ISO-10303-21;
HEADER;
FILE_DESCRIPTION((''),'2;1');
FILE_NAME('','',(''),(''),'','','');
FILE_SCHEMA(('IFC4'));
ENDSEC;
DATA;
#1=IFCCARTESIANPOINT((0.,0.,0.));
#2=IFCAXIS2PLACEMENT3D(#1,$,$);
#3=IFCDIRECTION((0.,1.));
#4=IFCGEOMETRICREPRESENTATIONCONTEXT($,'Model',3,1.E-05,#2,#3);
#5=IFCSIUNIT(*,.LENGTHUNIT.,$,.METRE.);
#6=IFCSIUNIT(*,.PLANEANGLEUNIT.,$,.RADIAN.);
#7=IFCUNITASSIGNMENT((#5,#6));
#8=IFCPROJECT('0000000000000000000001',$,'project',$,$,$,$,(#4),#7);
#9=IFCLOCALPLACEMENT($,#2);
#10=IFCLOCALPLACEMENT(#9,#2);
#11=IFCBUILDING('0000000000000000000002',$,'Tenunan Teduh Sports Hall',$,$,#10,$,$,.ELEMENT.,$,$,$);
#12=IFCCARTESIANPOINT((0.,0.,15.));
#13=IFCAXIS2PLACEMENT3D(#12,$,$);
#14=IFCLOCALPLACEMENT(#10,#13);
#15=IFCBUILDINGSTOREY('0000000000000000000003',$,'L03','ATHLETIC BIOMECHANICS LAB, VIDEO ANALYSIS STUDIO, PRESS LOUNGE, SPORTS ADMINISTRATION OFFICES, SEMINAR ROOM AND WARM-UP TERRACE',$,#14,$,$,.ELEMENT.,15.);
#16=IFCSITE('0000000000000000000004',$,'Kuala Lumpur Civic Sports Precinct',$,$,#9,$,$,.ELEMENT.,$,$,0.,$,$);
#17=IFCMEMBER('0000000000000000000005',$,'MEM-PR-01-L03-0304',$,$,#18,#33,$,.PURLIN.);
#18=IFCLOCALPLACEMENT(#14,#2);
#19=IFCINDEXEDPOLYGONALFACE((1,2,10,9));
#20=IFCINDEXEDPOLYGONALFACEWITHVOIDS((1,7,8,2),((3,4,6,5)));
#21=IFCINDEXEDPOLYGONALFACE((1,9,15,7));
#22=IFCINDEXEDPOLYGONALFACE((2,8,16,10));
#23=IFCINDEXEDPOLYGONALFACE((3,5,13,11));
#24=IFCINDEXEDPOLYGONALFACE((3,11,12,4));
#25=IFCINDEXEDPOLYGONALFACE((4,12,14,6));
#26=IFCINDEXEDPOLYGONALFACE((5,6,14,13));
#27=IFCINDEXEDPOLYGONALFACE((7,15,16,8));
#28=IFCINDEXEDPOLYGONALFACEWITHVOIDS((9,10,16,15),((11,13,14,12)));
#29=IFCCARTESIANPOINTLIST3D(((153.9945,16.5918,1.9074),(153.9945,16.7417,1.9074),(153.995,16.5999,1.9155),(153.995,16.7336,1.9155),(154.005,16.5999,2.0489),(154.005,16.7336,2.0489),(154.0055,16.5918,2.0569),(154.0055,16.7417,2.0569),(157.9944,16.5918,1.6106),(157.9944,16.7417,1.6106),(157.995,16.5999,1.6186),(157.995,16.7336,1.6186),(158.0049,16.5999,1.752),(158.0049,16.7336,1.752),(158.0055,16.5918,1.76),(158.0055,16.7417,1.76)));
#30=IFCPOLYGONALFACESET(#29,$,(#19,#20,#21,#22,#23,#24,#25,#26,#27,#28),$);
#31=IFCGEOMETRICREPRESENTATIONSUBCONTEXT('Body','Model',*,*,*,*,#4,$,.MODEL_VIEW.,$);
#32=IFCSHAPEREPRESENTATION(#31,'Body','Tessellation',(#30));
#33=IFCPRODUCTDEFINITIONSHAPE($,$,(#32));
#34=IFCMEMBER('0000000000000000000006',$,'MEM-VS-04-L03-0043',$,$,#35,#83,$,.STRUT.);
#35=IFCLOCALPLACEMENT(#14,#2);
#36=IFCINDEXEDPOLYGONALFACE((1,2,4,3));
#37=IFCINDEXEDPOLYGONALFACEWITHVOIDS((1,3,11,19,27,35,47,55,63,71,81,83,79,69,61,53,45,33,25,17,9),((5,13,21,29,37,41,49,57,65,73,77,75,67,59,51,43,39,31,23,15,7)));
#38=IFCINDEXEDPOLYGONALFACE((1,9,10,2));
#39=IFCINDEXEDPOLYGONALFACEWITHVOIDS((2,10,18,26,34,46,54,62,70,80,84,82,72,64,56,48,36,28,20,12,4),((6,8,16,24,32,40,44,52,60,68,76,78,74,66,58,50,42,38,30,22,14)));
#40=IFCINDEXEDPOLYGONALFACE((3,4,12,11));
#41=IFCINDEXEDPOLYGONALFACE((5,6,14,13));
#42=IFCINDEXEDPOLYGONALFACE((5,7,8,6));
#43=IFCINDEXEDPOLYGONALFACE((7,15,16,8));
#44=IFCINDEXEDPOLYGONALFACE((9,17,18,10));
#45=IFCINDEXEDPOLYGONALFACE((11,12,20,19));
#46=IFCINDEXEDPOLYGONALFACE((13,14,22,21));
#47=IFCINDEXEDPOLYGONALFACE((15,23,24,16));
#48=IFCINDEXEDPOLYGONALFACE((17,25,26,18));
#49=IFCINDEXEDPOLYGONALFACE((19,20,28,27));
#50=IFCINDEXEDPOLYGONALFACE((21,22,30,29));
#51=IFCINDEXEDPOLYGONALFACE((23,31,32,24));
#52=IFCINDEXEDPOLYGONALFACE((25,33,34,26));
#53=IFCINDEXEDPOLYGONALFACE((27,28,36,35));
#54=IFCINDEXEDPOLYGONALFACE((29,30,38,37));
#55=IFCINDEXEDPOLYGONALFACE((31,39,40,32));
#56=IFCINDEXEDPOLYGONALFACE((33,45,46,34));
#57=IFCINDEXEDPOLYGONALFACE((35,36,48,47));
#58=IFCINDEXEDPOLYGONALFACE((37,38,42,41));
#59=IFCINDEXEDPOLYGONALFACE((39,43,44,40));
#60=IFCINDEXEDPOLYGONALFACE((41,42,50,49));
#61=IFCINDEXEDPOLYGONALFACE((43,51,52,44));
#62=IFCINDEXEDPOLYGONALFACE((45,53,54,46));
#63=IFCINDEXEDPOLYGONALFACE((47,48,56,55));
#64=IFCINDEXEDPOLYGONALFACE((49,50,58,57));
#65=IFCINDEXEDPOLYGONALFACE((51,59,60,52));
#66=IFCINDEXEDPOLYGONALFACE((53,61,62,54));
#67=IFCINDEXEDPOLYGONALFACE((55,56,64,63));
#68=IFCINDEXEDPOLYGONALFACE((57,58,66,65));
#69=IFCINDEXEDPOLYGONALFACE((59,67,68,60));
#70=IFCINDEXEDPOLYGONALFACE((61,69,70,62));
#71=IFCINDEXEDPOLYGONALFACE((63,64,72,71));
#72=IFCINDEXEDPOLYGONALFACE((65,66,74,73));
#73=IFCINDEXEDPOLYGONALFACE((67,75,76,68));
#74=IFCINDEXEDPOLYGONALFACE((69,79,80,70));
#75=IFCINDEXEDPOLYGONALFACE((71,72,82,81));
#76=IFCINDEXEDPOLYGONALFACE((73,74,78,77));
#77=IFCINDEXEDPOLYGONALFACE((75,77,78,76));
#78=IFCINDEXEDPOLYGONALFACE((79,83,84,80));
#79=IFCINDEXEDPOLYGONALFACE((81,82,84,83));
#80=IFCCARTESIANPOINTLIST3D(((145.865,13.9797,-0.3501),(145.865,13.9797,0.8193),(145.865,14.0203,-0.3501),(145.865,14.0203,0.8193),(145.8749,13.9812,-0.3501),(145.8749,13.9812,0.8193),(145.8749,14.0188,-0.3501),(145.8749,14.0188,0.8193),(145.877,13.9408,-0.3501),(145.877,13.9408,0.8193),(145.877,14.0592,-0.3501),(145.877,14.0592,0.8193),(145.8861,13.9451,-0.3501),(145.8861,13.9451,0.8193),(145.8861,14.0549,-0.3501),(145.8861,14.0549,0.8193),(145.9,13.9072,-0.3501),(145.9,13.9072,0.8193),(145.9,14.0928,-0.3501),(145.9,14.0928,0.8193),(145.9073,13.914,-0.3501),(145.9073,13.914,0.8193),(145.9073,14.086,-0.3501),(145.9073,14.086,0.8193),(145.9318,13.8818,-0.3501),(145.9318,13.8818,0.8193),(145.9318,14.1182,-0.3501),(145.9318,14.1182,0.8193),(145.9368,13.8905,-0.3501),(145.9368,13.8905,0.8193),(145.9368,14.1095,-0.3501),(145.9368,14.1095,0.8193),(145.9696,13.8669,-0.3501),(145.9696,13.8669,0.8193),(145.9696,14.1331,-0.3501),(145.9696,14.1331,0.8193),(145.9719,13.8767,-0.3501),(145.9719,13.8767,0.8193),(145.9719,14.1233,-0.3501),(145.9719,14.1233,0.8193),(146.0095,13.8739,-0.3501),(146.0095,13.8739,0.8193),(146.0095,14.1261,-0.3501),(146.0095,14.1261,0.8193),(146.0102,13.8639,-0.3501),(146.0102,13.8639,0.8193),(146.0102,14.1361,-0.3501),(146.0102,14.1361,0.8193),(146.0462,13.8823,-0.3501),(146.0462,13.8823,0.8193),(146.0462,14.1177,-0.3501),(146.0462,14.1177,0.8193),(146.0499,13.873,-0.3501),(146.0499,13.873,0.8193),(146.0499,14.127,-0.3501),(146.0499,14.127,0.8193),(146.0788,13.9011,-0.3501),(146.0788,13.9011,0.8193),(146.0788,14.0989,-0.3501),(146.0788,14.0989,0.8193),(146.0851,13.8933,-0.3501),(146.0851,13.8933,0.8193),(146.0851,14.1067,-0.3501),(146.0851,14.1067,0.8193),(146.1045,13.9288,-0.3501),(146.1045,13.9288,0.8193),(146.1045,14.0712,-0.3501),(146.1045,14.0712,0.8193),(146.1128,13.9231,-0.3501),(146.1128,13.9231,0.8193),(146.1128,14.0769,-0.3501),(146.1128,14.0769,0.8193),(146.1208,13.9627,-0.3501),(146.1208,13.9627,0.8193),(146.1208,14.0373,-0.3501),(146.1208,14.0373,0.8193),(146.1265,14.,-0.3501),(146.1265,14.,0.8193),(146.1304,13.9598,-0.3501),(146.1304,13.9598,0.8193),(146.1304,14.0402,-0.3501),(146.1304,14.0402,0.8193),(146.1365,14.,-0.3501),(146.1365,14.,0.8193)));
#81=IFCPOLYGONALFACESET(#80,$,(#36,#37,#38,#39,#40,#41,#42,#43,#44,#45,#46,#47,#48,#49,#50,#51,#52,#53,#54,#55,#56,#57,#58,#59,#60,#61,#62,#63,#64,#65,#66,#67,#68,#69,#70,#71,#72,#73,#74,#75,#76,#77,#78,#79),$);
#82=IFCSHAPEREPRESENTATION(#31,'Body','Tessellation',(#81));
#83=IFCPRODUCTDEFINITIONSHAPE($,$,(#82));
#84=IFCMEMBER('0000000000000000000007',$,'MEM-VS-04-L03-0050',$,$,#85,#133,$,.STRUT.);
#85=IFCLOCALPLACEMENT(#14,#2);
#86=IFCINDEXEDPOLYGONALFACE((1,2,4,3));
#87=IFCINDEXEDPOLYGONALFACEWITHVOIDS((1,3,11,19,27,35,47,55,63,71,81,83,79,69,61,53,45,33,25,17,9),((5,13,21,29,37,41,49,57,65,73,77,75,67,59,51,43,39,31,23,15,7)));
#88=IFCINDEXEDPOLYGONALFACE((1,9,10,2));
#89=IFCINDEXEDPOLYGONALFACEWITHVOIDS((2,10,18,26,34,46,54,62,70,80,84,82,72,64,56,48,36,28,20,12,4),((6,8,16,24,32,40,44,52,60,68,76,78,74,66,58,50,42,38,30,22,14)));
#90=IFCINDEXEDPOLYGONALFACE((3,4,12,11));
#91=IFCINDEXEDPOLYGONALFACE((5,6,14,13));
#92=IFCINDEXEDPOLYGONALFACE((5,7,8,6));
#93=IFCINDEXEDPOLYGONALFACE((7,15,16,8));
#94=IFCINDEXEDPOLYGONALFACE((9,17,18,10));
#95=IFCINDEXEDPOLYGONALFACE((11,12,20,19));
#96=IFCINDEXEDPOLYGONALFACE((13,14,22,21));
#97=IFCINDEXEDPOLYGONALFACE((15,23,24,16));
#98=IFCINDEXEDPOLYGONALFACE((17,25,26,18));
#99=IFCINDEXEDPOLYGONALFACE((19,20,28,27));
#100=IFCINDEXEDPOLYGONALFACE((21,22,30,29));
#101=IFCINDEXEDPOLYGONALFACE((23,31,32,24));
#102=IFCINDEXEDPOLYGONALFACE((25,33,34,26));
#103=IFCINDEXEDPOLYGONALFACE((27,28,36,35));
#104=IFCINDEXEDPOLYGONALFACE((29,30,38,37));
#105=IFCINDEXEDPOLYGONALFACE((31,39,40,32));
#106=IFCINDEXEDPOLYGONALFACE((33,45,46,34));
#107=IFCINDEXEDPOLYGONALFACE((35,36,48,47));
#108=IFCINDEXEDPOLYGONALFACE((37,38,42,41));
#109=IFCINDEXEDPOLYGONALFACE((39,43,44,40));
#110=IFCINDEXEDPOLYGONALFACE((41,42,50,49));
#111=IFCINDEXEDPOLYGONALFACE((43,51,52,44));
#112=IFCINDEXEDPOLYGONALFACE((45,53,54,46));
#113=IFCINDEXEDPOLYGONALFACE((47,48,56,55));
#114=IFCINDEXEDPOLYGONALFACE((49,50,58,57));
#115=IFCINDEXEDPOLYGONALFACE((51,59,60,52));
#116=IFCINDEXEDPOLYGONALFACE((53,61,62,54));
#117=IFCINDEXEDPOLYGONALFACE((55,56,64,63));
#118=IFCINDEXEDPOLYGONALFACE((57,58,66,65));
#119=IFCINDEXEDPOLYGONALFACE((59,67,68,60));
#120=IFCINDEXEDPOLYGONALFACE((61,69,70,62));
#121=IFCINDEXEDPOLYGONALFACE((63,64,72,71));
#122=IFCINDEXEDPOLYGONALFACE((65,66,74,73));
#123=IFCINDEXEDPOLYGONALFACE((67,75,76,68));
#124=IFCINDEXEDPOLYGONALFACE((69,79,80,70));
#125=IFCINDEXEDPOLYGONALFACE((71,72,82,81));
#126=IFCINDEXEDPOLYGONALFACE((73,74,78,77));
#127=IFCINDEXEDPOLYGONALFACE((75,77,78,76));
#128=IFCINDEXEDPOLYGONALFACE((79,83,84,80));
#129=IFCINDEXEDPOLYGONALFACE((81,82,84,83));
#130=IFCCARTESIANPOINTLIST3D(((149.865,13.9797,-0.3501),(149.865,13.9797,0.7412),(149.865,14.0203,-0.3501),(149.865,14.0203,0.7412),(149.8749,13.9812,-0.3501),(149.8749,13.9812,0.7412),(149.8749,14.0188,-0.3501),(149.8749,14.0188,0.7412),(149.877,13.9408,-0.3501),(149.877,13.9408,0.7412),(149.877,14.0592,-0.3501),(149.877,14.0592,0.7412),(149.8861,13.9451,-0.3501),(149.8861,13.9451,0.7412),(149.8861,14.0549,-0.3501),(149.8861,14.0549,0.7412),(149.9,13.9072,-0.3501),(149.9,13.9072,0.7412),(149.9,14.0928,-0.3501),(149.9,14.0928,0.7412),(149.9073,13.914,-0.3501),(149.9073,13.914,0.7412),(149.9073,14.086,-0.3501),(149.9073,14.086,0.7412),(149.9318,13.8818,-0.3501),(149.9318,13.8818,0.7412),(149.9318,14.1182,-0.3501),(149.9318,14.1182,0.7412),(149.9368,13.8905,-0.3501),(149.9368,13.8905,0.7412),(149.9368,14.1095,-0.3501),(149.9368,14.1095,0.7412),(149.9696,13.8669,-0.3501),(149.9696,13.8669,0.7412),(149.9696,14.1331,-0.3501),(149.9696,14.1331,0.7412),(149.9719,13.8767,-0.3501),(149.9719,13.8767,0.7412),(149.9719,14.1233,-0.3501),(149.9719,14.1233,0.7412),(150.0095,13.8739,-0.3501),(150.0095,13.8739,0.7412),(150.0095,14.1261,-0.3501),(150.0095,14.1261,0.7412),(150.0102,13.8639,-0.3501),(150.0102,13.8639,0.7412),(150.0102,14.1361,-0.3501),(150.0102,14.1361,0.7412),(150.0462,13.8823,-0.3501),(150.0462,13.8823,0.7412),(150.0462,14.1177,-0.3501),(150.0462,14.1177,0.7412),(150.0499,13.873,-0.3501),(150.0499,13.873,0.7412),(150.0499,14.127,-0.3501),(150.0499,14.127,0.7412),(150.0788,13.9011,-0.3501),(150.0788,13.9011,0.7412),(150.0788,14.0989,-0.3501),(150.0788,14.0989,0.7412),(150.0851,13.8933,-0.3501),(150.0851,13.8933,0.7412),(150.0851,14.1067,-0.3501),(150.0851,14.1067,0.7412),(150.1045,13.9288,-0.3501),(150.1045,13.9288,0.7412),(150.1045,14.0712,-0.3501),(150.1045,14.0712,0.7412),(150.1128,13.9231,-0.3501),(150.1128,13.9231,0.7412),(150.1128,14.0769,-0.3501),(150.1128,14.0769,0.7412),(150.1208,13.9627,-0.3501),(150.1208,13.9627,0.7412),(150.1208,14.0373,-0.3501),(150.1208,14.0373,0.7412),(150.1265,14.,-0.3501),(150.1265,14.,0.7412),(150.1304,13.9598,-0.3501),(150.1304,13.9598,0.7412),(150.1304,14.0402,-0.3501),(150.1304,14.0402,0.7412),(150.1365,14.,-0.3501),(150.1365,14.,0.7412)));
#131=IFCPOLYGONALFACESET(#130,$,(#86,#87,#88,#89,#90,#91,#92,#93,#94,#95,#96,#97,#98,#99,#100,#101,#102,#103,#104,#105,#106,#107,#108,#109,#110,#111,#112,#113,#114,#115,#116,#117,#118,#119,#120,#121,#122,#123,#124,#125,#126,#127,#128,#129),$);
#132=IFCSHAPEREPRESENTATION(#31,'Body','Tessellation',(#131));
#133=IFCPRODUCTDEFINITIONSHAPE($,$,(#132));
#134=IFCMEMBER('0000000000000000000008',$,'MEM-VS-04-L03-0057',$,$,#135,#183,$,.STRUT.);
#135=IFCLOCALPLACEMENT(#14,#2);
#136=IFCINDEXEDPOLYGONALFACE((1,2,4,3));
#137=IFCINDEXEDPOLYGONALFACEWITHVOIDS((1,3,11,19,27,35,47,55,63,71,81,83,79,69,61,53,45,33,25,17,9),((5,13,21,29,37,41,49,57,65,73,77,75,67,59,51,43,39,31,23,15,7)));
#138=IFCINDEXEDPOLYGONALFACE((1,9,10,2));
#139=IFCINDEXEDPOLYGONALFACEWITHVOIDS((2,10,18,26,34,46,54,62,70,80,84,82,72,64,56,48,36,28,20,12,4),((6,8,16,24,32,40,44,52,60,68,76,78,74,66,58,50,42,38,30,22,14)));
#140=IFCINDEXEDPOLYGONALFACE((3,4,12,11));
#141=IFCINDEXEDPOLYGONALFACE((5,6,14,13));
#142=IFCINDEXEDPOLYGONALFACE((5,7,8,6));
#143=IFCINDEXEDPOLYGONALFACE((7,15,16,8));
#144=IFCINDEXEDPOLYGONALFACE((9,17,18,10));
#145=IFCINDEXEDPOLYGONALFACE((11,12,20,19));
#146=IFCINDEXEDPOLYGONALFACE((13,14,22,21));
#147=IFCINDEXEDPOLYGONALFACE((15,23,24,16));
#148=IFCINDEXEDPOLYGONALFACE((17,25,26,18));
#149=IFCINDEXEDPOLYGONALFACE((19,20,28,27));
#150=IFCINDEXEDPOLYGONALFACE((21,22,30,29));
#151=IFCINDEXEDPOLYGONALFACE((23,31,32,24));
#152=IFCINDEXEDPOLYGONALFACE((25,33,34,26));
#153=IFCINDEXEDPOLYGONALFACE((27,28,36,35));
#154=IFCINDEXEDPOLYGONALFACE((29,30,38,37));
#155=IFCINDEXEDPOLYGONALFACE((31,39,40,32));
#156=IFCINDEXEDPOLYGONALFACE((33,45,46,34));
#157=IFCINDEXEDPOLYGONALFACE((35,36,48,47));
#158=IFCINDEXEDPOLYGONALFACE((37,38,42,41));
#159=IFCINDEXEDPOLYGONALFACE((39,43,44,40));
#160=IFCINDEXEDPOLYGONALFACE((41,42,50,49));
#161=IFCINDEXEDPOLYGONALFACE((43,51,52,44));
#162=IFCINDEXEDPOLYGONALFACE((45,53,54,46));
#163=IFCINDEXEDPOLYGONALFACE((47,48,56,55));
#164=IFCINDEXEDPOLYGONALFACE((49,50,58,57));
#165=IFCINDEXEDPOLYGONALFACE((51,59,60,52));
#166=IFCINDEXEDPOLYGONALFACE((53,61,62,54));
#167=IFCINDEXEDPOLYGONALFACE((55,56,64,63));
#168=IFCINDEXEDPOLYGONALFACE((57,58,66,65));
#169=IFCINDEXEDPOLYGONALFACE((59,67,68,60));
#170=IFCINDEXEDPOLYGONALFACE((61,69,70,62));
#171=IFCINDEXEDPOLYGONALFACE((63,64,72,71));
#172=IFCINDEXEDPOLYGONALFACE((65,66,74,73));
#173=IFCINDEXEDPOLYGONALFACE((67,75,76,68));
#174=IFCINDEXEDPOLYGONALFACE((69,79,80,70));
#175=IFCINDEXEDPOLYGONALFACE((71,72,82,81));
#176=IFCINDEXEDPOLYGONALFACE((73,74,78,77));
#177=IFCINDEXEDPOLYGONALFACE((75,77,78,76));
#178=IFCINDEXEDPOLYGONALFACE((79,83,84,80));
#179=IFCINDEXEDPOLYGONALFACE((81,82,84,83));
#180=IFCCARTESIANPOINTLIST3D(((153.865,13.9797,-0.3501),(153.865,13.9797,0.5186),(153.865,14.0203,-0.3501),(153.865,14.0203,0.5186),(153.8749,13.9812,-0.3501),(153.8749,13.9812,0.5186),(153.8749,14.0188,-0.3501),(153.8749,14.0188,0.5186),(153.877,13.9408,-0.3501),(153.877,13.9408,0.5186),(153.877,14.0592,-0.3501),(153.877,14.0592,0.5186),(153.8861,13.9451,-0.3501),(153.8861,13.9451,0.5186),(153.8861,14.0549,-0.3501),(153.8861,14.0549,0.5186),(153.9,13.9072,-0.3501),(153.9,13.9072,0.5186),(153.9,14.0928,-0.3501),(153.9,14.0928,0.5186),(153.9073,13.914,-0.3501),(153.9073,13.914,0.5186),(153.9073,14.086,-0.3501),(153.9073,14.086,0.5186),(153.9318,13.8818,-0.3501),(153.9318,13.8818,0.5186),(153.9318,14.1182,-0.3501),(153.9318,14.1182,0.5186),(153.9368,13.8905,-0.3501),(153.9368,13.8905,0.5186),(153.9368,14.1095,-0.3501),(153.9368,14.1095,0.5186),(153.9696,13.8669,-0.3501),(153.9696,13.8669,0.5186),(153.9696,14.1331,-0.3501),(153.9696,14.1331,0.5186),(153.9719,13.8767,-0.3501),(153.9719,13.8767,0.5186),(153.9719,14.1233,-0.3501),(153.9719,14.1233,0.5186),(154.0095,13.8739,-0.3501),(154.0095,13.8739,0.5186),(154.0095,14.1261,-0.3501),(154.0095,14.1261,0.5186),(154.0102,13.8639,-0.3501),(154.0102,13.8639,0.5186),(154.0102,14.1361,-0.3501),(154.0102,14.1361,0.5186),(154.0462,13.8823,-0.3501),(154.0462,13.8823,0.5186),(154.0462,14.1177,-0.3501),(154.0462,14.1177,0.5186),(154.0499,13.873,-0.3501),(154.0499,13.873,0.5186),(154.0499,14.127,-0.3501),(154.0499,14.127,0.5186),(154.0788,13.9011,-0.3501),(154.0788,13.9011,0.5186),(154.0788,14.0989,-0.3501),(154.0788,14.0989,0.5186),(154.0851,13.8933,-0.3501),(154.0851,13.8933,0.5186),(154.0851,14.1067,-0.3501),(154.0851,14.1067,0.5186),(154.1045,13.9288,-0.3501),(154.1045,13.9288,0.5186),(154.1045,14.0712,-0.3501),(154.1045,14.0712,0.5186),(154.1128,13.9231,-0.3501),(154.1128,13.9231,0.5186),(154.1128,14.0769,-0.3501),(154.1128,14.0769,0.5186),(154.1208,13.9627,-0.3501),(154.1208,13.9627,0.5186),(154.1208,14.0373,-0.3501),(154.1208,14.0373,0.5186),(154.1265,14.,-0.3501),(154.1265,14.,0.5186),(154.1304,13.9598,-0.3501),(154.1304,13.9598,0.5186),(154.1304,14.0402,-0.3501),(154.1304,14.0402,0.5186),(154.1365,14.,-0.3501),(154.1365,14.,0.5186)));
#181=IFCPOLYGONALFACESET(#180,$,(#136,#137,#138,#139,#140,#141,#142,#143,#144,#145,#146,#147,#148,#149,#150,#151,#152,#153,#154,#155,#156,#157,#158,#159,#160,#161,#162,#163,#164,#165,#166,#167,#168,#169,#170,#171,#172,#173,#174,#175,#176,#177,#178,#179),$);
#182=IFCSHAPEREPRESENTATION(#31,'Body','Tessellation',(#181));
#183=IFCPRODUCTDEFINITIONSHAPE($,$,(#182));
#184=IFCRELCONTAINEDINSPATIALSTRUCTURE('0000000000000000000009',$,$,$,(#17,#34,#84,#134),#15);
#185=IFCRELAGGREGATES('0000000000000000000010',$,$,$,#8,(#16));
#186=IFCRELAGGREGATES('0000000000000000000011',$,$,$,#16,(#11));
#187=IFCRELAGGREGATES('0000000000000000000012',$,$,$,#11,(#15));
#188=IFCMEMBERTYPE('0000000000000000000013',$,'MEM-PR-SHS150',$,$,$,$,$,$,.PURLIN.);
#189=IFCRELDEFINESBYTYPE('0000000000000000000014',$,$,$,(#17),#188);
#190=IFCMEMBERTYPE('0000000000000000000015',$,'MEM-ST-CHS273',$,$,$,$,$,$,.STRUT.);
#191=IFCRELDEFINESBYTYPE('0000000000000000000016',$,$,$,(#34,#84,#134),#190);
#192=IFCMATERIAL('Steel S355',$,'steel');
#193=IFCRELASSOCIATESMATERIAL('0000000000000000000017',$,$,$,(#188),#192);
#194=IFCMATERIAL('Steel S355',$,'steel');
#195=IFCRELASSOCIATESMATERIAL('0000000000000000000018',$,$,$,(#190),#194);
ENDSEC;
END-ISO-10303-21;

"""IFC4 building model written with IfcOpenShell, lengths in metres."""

from ifc_helpers import new_model, si_unit, direction, frame, origin, origin_2d, place, context, subcontext, project, spatial, hollow_rectangle, hollow_circle, extrude, material, material_profile, profile_set, type_object, element, save


model = new_model("IFC4")

# Units and contexts
model_context = context("Model", 3, precision=1e-05, world=origin(), true_north=direction((0.0, 1.0)))
body_context = subcontext(model_context, "Body", "Model", "MODEL_VIEW")
ifc_project = project(units=[si_unit("LENGTHUNIT", "METRE"), si_unit("PLANEANGLEUNIT", "RADIAN")], contexts=[model_context])

# Site, building, storey
site_placement = place(None, origin())
site = spatial("IfcSite", under=ifc_project, at=site_placement, Name="Kuala Lumpur Civic Sports Precinct", CompositionType="ELEMENT", RefElevation=0.0)
building_placement = place(site_placement, origin())
building = spatial("IfcBuilding", under=site, at=building_placement, Name="Tenunan Teduh Sports Hall", CompositionType="ELEMENT")
storey_placement = place(building_placement, frame((0.0, 0.0, 15.0)))
storey = spatial("IfcBuildingStorey", under=building, at=storey_placement, Name="L03", Description="ATHLETIC BIOMECHANICS LAB, VIDEO ANALYSIS STUDIO, PRESS LOUNGE, SPORTS ADMINISTRATION OFFICES, SEMINAR ROOM AND WARM-UP TERRACE", CompositionType="ELEMENT", Elevation=15.0)

# Members
ifc_material_1 = material(Name="Steel S355", Category="steel")
ifc_material_profile_1 = material_profile(ifc_material_1, hollow_rectangle(XDim=0.1499, YDim=0.1499, WallThickness=0.0081, at=origin_2d()), Name="SHS 150x150x8.0")
ifc_profile_set_1 = profile_set([ifc_material_profile_1], Name="Steel S355")
member_type_1 = type_object("IfcMemberType", Name="MEM-PR-SHS150", PredefinedType="PURLIN", material=ifc_profile_set_1)
for number, where, z_axis, x_axis, name in (
    (1, (154.0, 16.6667, 1.9822), (0.997257, 0.0, -0.074015), (0.0, 1.0, 0.0), "MEM-PR-01-L03-0304"),
):
    element("IfcMember", number, at=place(storey_placement, frame(where, z_axis=z_axis, x_axis=x_axis)), inside=storey, type_object=member_type_1, Name=name, PredefinedType="PURLIN", context=body_context, shape_type="SweptSolid", body=[
        extrude(hollow_rectangle(XDim=0.1499, YDim=0.1499, WallThickness=0.0081, at=origin_2d()), origin(), (0.0, 0.0, 1.0), 4.011),
    ])
ifc_material_2 = material(Name="Steel S355", Category="steel")
ifc_material_profile_2 = material_profile(ifc_material_2, hollow_circle(Radius=0.1365, WallThickness=0.01, at=origin_2d()), Name="CHS 273.0x10.0")
ifc_profile_set_2 = profile_set([ifc_material_profile_2], Name="Steel S355")
member_type_2 = type_object("IfcMemberType", Name="MEM-ST-CHS273", PredefinedType="STRUT", material=ifc_profile_set_2)
member_1_placement = place(storey_placement, frame((146.0, 14.0, -0.3501), z_axis=(0.0, 0.0, 1.0), x_axis=(1.0, 0.0, 0.0)))
element("IfcMember", 2, at=member_1_placement, inside=storey, type_object=member_type_2, Name="MEM-VS-04-L03-0043", PredefinedType="STRUT", context=body_context, shape_type="SweptSolid", body=[
    extrude(hollow_circle(Radius=0.1365, WallThickness=0.01, at=origin_2d()), origin(), (0.0, 0.0, 1.0), 1.1694),
])
member_2_placement = place(storey_placement, frame((150.0, 14.0, -0.3501), z_axis=(0.0, 0.0, 1.0), x_axis=(1.0, 0.0, 0.0)))
element("IfcMember", 3, at=member_2_placement, inside=storey, type_object=member_type_2, Name="MEM-VS-04-L03-0050", PredefinedType="STRUT", context=body_context, shape_type="SweptSolid", body=[
    extrude(hollow_circle(Radius=0.1365, WallThickness=0.01, at=origin_2d()), origin(), (0.0, 0.0, 1.0), 1.0913),
])
member_3_placement = place(storey_placement, frame((154.0, 14.0, -0.3501), z_axis=(0.0, 0.0, 1.0), x_axis=(1.0, 0.0, 0.0)))
element("IfcMember", 4, at=member_3_placement, inside=storey, type_object=member_type_2, Name="MEM-VS-04-L03-0057", PredefinedType="STRUT", context=body_context, shape_type="SweptSolid", body=[
    extrude(hollow_circle(Radius=0.1365, WallThickness=0.01, at=origin_2d()), origin(), (0.0, 0.0, 1.0), 0.8687),
])

save(model, "model.ifc")
